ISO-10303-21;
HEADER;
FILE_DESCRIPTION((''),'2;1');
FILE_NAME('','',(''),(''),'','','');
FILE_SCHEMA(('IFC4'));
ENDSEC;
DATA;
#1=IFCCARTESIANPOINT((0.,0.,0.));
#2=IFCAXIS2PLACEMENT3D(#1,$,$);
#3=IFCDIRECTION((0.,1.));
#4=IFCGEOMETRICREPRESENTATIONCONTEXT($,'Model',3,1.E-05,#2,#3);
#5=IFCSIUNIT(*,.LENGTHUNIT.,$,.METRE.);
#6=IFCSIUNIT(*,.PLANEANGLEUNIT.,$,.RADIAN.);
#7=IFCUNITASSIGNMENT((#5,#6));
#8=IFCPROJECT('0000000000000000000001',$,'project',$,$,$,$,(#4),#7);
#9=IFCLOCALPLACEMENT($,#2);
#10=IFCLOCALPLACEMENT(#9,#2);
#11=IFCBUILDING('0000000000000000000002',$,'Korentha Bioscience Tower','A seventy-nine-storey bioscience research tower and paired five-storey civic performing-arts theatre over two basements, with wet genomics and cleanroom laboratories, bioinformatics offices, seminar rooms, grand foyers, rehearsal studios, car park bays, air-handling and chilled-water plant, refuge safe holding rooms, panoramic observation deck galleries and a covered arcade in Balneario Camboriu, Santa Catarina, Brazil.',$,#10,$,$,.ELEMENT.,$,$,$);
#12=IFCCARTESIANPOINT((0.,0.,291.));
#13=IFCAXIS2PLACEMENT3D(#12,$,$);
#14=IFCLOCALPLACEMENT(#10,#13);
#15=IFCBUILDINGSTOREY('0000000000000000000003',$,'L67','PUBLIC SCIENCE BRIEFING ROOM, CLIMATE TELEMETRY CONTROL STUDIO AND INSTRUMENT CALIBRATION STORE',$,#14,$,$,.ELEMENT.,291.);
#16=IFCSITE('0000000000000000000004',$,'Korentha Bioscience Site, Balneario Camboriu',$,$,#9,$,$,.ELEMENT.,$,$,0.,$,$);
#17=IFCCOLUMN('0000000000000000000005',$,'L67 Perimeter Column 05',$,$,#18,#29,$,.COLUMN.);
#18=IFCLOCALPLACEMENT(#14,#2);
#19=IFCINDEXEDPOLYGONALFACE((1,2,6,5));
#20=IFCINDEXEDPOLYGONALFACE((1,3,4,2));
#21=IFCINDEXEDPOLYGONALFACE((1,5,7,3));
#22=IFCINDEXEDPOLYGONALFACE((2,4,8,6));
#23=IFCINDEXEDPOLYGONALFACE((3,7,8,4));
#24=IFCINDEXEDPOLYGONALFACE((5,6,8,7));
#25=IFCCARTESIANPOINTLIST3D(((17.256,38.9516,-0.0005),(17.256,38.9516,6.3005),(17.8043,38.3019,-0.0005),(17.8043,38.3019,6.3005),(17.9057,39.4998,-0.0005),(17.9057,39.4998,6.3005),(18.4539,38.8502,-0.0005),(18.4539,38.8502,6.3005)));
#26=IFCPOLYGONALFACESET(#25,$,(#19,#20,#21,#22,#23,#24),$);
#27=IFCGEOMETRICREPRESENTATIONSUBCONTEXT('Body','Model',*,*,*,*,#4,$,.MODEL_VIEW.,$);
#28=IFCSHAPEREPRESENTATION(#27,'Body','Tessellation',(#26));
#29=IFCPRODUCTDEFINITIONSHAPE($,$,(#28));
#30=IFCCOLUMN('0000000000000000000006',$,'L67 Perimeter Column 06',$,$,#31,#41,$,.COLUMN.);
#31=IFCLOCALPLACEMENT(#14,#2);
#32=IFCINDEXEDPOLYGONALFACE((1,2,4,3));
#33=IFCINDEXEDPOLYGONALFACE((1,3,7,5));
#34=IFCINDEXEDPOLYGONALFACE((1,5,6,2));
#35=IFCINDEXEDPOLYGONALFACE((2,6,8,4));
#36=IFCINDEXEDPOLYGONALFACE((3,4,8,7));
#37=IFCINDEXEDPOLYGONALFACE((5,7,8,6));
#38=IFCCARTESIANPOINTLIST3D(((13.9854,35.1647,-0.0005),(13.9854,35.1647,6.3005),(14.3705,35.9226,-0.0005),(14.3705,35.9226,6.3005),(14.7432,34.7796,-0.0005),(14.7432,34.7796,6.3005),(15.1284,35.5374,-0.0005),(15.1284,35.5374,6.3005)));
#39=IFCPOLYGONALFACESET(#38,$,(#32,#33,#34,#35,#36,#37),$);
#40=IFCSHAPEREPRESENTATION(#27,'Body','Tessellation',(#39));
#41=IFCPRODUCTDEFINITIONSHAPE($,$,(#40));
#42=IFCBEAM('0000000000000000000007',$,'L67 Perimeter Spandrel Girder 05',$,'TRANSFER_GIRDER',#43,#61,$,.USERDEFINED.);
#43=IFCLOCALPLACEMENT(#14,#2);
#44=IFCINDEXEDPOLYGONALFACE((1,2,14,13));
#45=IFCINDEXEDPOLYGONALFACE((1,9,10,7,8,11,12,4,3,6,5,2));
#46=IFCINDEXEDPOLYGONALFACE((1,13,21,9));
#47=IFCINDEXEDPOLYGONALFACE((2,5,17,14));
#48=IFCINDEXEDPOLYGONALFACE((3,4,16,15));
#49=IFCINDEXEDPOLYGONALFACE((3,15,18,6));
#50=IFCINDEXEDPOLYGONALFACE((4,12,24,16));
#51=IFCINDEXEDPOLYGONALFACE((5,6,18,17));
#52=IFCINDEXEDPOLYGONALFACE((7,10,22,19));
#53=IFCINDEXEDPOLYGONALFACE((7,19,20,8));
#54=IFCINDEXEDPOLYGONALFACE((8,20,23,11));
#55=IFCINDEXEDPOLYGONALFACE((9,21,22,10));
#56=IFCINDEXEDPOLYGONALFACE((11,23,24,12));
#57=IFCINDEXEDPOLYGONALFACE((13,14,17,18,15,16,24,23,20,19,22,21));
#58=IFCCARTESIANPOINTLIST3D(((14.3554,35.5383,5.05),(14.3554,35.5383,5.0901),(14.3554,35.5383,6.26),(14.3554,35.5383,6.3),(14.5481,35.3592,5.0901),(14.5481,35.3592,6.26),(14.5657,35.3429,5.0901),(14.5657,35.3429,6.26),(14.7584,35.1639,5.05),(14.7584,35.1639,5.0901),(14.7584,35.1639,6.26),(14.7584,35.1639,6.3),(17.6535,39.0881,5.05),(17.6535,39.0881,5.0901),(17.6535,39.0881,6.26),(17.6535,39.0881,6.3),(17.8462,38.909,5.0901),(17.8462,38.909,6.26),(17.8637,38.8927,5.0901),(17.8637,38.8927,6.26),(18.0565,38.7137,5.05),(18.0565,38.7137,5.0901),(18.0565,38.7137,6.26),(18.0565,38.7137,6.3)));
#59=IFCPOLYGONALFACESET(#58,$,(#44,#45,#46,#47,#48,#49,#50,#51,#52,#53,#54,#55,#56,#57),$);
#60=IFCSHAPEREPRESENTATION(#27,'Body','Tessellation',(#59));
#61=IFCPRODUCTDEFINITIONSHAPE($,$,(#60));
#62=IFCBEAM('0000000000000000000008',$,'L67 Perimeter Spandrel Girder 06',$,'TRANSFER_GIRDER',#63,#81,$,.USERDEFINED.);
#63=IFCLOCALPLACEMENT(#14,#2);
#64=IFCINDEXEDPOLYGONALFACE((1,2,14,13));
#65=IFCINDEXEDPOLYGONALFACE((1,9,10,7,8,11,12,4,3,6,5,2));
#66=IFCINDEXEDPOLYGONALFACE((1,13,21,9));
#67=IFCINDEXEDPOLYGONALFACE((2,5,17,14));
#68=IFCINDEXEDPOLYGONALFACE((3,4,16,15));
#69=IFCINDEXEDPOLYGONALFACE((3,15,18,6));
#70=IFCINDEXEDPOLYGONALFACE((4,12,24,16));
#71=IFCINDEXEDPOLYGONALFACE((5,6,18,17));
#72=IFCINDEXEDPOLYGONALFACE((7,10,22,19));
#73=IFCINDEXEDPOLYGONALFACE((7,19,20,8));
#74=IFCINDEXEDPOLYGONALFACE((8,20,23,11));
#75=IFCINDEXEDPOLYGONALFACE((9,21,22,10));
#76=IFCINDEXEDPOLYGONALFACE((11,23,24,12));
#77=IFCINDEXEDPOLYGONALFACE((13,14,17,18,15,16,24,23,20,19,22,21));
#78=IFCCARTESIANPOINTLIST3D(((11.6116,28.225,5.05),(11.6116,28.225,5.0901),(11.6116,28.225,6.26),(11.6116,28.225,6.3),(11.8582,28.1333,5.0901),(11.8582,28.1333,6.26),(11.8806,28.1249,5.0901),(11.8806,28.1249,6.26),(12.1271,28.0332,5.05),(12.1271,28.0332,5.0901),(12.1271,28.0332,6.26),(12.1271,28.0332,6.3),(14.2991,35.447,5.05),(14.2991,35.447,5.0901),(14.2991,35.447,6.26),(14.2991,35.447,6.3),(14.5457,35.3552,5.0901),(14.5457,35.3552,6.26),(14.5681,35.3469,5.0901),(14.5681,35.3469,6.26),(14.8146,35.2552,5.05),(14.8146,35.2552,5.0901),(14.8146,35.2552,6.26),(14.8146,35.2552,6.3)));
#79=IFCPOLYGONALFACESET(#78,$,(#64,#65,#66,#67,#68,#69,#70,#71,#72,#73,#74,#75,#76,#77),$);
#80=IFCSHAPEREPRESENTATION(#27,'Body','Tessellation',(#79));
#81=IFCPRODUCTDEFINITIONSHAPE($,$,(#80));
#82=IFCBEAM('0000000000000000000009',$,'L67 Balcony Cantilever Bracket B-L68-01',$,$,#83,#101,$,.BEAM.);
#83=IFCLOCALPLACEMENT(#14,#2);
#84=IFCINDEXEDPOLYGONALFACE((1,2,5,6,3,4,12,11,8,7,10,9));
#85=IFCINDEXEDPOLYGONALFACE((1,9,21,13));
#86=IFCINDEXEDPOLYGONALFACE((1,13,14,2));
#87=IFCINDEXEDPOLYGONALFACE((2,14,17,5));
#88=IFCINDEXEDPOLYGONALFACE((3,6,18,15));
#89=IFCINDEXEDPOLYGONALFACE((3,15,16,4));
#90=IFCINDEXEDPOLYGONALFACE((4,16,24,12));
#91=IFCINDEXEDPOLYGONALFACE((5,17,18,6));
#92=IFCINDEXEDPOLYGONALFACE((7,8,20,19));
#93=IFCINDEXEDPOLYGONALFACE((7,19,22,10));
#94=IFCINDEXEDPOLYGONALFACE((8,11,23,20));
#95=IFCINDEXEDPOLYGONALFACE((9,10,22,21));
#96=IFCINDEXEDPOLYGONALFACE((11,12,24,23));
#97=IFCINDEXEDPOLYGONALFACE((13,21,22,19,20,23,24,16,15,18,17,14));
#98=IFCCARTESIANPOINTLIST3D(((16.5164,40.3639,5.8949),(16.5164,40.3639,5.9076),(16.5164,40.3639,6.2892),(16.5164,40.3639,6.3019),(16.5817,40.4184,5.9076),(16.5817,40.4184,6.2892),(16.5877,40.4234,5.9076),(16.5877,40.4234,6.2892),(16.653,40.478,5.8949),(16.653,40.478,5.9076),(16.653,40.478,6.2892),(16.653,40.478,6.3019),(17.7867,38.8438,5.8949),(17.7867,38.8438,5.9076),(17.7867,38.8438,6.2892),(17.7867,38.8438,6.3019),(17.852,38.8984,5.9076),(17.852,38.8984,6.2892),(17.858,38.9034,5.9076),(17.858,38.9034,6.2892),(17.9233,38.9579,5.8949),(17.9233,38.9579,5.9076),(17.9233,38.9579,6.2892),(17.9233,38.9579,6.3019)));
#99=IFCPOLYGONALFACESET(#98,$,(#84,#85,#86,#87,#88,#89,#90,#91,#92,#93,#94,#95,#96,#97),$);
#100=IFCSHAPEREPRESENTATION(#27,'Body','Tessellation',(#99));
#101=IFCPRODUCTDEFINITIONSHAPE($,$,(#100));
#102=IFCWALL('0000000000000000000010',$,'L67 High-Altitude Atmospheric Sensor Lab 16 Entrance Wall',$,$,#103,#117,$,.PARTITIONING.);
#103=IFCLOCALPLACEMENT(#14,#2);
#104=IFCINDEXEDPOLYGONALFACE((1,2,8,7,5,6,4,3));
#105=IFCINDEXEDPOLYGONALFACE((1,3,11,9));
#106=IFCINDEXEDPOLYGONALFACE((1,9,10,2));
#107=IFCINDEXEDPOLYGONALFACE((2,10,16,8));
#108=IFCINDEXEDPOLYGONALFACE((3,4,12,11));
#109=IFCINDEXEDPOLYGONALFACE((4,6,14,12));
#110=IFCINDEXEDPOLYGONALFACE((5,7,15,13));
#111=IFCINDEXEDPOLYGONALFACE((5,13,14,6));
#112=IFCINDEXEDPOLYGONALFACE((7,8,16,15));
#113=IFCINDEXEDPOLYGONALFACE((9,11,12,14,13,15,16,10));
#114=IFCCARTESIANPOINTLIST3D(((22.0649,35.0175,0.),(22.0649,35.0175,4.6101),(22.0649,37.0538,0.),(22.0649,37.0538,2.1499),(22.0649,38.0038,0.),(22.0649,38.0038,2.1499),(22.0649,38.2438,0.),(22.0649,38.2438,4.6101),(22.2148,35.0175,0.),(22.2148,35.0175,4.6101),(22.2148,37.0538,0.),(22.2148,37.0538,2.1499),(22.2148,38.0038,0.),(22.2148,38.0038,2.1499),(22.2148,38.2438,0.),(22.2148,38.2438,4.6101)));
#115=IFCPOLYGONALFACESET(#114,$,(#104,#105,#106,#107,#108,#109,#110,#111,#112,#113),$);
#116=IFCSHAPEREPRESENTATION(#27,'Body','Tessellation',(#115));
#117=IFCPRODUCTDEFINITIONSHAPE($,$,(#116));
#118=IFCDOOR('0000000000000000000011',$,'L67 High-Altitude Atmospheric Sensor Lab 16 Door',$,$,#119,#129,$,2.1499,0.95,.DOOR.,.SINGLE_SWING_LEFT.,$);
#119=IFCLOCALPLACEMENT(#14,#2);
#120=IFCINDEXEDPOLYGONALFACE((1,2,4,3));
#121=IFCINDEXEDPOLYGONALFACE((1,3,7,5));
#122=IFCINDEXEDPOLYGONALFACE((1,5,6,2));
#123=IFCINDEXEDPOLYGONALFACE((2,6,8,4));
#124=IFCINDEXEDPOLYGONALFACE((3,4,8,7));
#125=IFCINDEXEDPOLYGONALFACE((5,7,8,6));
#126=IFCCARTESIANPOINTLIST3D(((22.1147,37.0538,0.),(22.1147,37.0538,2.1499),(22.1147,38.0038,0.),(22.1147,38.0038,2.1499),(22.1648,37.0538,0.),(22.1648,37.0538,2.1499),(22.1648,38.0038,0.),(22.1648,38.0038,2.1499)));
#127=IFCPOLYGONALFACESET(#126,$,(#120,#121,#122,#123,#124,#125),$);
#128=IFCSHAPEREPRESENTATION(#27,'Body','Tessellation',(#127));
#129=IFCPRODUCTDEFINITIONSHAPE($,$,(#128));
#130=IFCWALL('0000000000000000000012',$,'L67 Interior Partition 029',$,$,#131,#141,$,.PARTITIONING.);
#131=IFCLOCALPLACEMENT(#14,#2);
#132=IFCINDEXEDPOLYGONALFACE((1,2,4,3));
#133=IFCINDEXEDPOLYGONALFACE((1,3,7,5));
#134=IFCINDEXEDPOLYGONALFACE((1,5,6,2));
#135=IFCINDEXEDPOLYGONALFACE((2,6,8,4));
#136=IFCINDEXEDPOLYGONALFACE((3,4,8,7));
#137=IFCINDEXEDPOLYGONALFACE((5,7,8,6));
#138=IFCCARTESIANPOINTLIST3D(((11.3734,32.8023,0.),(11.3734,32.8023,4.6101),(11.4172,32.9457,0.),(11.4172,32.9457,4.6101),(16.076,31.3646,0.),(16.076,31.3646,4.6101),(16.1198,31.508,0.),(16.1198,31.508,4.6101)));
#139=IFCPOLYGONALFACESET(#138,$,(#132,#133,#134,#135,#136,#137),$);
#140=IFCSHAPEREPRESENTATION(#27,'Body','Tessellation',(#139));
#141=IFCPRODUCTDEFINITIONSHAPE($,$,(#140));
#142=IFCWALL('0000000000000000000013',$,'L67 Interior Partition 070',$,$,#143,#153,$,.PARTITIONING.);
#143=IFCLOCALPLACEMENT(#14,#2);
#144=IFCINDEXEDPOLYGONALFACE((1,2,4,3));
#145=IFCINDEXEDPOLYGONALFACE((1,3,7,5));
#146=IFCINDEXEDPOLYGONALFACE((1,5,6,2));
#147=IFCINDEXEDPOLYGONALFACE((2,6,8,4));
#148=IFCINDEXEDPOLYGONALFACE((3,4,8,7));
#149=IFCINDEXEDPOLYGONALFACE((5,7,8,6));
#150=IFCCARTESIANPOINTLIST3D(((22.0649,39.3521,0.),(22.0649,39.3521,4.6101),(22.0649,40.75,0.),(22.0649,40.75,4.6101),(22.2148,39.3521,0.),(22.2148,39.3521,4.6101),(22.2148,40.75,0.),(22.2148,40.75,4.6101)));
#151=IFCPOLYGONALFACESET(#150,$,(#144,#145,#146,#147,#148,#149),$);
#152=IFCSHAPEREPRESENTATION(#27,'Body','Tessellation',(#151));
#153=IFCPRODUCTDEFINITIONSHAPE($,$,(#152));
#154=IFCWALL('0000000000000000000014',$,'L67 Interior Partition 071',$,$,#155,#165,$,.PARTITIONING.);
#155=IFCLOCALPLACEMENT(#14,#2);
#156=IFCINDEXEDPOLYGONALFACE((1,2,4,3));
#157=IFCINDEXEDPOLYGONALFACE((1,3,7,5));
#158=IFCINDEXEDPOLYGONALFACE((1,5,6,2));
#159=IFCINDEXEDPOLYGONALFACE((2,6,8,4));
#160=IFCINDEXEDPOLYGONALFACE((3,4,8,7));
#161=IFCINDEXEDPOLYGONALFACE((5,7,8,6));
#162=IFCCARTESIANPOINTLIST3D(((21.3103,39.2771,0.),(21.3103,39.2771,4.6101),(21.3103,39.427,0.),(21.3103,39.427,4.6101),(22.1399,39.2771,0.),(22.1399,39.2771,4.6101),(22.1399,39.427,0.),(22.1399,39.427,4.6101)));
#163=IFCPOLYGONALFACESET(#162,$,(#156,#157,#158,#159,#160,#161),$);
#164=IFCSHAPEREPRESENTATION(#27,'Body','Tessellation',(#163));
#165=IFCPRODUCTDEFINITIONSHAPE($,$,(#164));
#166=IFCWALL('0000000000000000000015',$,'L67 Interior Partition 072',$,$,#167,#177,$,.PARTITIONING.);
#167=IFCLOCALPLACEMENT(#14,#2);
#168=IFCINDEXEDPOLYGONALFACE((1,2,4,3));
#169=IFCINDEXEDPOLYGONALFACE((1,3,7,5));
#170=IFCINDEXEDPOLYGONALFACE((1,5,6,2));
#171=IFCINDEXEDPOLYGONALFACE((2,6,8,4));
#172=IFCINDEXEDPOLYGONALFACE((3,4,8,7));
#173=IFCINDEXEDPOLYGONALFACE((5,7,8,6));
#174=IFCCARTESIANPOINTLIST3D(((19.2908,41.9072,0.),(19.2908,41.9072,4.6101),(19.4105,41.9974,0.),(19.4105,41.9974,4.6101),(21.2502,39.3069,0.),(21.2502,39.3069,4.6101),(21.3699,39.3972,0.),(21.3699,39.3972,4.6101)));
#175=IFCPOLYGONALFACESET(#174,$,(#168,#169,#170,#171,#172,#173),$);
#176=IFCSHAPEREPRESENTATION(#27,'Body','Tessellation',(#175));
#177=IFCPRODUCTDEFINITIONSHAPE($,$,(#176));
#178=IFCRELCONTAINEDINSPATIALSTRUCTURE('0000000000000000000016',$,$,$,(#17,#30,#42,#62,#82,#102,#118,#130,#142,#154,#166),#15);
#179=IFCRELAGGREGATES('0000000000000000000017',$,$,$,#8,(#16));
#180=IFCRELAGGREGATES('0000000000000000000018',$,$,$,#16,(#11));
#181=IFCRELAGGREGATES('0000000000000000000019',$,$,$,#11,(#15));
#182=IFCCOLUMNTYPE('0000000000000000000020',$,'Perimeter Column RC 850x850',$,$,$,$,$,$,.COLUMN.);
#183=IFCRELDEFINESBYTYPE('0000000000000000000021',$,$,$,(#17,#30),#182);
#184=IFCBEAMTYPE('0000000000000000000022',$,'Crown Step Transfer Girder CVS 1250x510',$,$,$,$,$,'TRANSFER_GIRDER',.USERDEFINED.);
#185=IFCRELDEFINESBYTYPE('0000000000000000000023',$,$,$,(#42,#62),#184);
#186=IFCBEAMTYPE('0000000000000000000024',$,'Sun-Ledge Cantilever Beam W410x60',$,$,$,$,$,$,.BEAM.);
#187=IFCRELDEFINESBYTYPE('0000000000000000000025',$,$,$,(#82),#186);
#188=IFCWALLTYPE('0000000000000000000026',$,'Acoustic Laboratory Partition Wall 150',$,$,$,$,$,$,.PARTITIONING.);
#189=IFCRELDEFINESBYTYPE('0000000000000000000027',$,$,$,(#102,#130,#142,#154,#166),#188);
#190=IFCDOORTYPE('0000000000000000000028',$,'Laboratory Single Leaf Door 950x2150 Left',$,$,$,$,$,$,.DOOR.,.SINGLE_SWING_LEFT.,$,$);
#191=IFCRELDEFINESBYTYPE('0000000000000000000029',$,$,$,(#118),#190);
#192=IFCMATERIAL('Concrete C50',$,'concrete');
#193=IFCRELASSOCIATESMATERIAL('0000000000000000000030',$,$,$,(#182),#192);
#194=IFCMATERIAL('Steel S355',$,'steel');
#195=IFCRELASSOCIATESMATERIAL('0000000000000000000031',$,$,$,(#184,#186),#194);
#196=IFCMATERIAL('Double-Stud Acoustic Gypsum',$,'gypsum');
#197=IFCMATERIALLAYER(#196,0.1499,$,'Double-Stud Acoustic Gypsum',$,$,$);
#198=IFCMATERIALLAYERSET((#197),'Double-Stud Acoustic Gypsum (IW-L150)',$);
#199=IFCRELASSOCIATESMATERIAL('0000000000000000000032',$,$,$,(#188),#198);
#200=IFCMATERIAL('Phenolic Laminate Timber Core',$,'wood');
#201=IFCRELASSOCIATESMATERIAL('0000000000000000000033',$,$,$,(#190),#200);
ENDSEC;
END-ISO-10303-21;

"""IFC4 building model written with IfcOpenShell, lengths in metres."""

from ifc_helpers import new_model, si_unit, direction, frame, frame_2d, origin, origin_2d, place, context, subcontext, project, spatial, rectangle, i_section, extrude, material, layer, layer_set, material_profile, profile_set, type_object, element, fill, save


model = new_model("IFC4")

# Units and contexts
model_context = context("Model", 3, precision=1e-05, world=origin(), true_north=direction((0.0, 1.0)))
body_context = subcontext(model_context, "Body", "Model", "MODEL_VIEW")
ifc_project = project(units=[si_unit("LENGTHUNIT", "METRE"), si_unit("PLANEANGLEUNIT", "RADIAN")], contexts=[model_context])

# Site, building, storey
site_placement = place(None, origin())
site = spatial("IfcSite", under=ifc_project, at=site_placement, Name="Korentha Bioscience Site, Balneario Camboriu", CompositionType="ELEMENT", RefElevation=0.0)
building_placement = place(site_placement, origin())
building = spatial("IfcBuilding", under=site, at=building_placement, Name="Korentha Bioscience Tower", Description="A seventy-nine-storey bioscience research tower and paired five-storey civic performing-arts theatre over two basements, with wet genomics and cleanroom laboratories, bioinformatics offices, seminar rooms, grand foyers, rehearsal studios, car park bays, air-handling and chilled-water plant, refuge safe holding rooms, panoramic observation deck galleries and a covered arcade in Balneario Camboriu, Santa Catarina, Brazil.", CompositionType="ELEMENT")
storey_placement = place(building_placement, frame((0.0, 0.0, 291.0)))
storey = spatial("IfcBuildingStorey", under=building, at=storey_placement, Name="L67", Description="PUBLIC SCIENCE BRIEFING ROOM, CLIMATE TELEMETRY CONTROL STUDIO AND INSTRUMENT CALIBRATION STORE", CompositionType="ELEMENT", Elevation=291.0)

# Columns
ifc_material_1 = material(Name="Concrete C50", Category="concrete")
ifc_material_profile_1 = material_profile(ifc_material_1, rectangle(XDim=0.8501, YDim=0.8501, at=origin_2d()), Name="Concrete C50")
ifc_profile_set_1 = profile_set([ifc_material_profile_1], Name="Concrete C50 (COL-P08)")
column_type = type_object("IfcColumnType", Name="Perimeter Column RC 850x850", PredefinedType="COLUMN", material=ifc_profile_set_1)
for number, where, z_axis, x_axis, name in (
    (1, (17.855, 38.9009, -0.0005), (0.0, 0.0, 1.0), (0.764246, 0.644924, 0.0), "L67 Perimeter Column 05"),
    (2, (14.5569, 35.3511, -0.0005), (0.0, 0.0, 1.0), (0.453057, 0.891481, 0.0), "L67 Perimeter Column 06"),
):
    element("IfcColumn", number, at=place(storey_placement, frame(where, z_axis=z_axis, x_axis=x_axis)), inside=storey, type_object=column_type, Name=name, PredefinedType="COLUMN", context=body_context, shape_type="SweptSolid", body=[
        extrude(rectangle(XDim=0.8501, YDim=0.8501, at=origin_2d()), origin(), (0.0, 0.0, 1.0), 6.301),
    ])

# Beams
ifc_material_2 = material(Name="Steel S355", Category="steel")
ifc_material_profile_2 = material_profile(ifc_material_2, i_section(OverallWidth=0.55, OverallDepth=1.25, WebThickness=0.0239, FlangeThickness=0.04, at=origin_2d()), Name="Steel S355")
ifc_profile_set_2 = profile_set([ifc_material_profile_2], Name="Steel S355 (TG-03)")
beam_type_1 = type_object("IfcBeamType", Name="Crown Step Transfer Girder CVS 1250x510", ElementType="TRANSFER_GIRDER", PredefinedType="USERDEFINED", material=ifc_profile_set_2)
beam_1_placement = place(storey_placement, frame((17.855, 38.9009, 5.675), z_axis=(-0.680656, -0.732603, 0.0), x_axis=(0.732603, -0.680656, 0.0)))
element("IfcBeam", 3, at=beam_1_placement, inside=storey, type_object=beam_type_1, Name="L67 Perimeter Spandrel Girder 05", ObjectType="TRANSFER_GIRDER", PredefinedType="USERDEFINED", context=body_context, shape_type="SweptSolid", body=[
    extrude(i_section(OverallWidth=0.55, OverallDepth=1.25, WebThickness=0.0239, FlangeThickness=0.04, at=origin_2d()), origin(), (0.0, 0.0, 1.0), 4.8455),
])
beam_2_placement = place(storey_placement, frame((14.5569, 35.3511, 5.675), z_axis=(-0.348765, -0.93721, 0.0), x_axis=(0.93721, -0.348765, 0.0)))
element("IfcBeam", 4, at=beam_2_placement, inside=storey, type_object=beam_type_1, Name="L67 Perimeter Spandrel Girder 06", ObjectType="TRANSFER_GIRDER", PredefinedType="USERDEFINED", context=body_context, shape_type="SweptSolid", body=[
    extrude(i_section(OverallWidth=0.55, OverallDepth=1.25, WebThickness=0.0239, FlangeThickness=0.04, at=origin_2d()), origin(), (0.0, 0.0, 1.0), 7.7058),
])
ifc_material_profile_3 = material_profile(ifc_material_2, i_section(OverallWidth=0.178, OverallDepth=0.407, WebThickness=0.0078, FlangeThickness=0.0127, at=origin_2d()), Name="Steel S355")
ifc_profile_set_3 = profile_set([ifc_material_profile_3], Name="Steel S355 (CB-410)")
beam_type_2 = type_object("IfcBeamType", Name="Sun-Ledge Cantilever Beam W410x60", PredefinedType="BEAM", material=ifc_profile_set_3)
beam_3_placement = place(storey_placement, frame((17.855, 38.9009, 6.0984), z_axis=(-0.641251, 0.767332, 0.0), x_axis=(-0.767332, -0.641251, 0.0)))
element("IfcBeam", 5, at=beam_3_placement, inside=storey, type_object=beam_type_2, Name="L67 Balcony Cantilever Bracket B-L68-01", PredefinedType="BEAM", context=body_context, shape_type="SweptSolid", body=[
    extrude(i_section(OverallWidth=0.178, OverallDepth=0.407, WebThickness=0.0078, FlangeThickness=0.0127, at=origin_2d()), origin(), (0.0, 0.0, 1.0), 1.981),
])

# Wall, opening, door
ifc_material_3 = material(Name="Double-Stud Acoustic Gypsum", Category="gypsum")
ifc_layer_1 = layer(ifc_material_3, 0.1499, Name="Double-Stud Acoustic Gypsum")
ifc_layer_set_1 = layer_set([ifc_layer_1], Name="Double-Stud Acoustic Gypsum (IW-L150)")
wall_type_1 = type_object("IfcWallType", Name="Acoustic Laboratory Partition Wall 150", PredefinedType="PARTITIONING", material=ifc_layer_set_1)
wall_1_placement = place(storey_placement, frame((22.1399, 38.2439, 0.0), z_axis=(0.0, 0.0, 1.0), x_axis=(0.0, -1.0, 0.0)))
wall_1 = element("IfcWall", 6, at=wall_1_placement, inside=storey, type_object=wall_type_1, Name="L67 High-Altitude Atmospheric Sensor Lab 16 Entrance Wall", PredefinedType="PARTITIONING", context=body_context, shape_type="SweptSolid", body=[
    extrude(rectangle(XDim=3.2263, YDim=0.1499, at=frame_2d((1.6133, 0.0))), origin(), (0.0, 0.0, 1.0), 4.6101),
])
opening_1_placement = place(wall_1_placement, frame((0.24, 0.0, 0.0)))
opening_1 = element("IfcOpeningElement", 7, at=opening_1_placement, cuts=wall_1, PredefinedType="OPENING", context=body_context, shape_type="SweptSolid", body=[
    extrude(rectangle(XDim=0.95, YDim=2.1499, at=frame_2d((0.4751, 1.075))), frame((0.0, 0.0898, 0.0), z_axis=(0.0, -1.0, 0.0), x_axis=(1.0, 0.0, 0.0)), (0.0, 0.0, 1.0), 0.1797),
])
ifc_material_4 = material(Name="Phenolic Laminate Timber Core", Category="wood")
door_type_1 = type_object("IfcDoorType", Name="Laboratory Single Leaf Door 950x2150 Left", OperationType="SINGLE_SWING_LEFT", PredefinedType="DOOR", material=ifc_material_4)
door_1_placement = place(opening_1_placement, origin())
door_1 = element("IfcDoor", 8, at=door_1_placement, inside=storey, type_object=door_type_1, Name="L67 High-Altitude Atmospheric Sensor Lab 16 Door", OperationType="SINGLE_SWING_LEFT", OverallHeight=2.1499, OverallWidth=0.95, PredefinedType="DOOR", context=body_context, shape_type="SweptSolid", body=[
    extrude(rectangle(XDim=0.95, YDim=2.1499, at=frame_2d((0.4751, 1.075))), frame((0.0, 0.0249, 0.0), z_axis=(0.0, -1.0, 0.0), x_axis=(1.0, 0.0, 0.0)), (0.0, 0.0, 1.0), 0.05),
])
fill(opening_1, door_1)

# Walls
wall_2_placement = place(storey_placement, frame((11.3953, 32.874, 0.0), z_axis=(0.0, 0.0, 1.0), x_axis=(0.956305, -0.292372, 0.0)))
element("IfcWall", 9, at=wall_2_placement, inside=storey, type_object=wall_type_1, Name="L67 Interior Partition 029", PredefinedType="PARTITIONING", context=body_context, shape_type="SweptSolid", body=[
    extrude(rectangle(XDim=4.9175, YDim=0.1499, at=frame_2d((2.4587, 0.0))), origin(), (0.0, 0.0, 1.0), 4.6101),
])
wall_3_placement = place(storey_placement, frame((22.1399, 40.75, 0.0), z_axis=(0.0, 0.0, 1.0), x_axis=(0.0, -1.0, 0.0)))
element("IfcWall", 10, at=wall_3_placement, inside=storey, type_object=wall_type_1, Name="L67 Interior Partition 070", PredefinedType="PARTITIONING", context=body_context, shape_type="SweptSolid", body=[
    extrude(rectangle(XDim=1.3979, YDim=0.1499, at=frame_2d((0.699, 0.0))), origin(), (0.0, 0.0, 1.0), 4.6101),
])
wall_4_placement = place(storey_placement, frame((22.1399, 39.3521, 0.0), z_axis=(0.0, 0.0, 1.0), x_axis=(-1.0, 0.0, 0.0)))
element("IfcWall", 11, at=wall_4_placement, inside=storey, type_object=wall_type_1, Name="L67 Interior Partition 071", PredefinedType="PARTITIONING", context=body_context, shape_type="SweptSolid", body=[
    extrude(rectangle(XDim=0.8296, YDim=0.1499, at=frame_2d((0.4148, 0.0))), origin(), (0.0, 0.0, 1.0), 4.6101),
])
wall_5_placement = place(storey_placement, frame((21.3101, 39.3521, 0.0), z_axis=(0.0, 0.0, 1.0), x_axis=(-0.60181, 0.798639, 0.0)))
element("IfcWall", 12, at=wall_5_placement, inside=storey, type_object=wall_type_1, Name="L67 Interior Partition 072", PredefinedType="PARTITIONING", context=body_context, shape_type="SweptSolid", body=[
    extrude(rectangle(XDim=3.2559, YDim=0.1499, at=frame_2d((1.6279, 0.0))), origin(), (0.0, 0.0, 1.0), 4.6101),
])

save(model, "model.ifc")
